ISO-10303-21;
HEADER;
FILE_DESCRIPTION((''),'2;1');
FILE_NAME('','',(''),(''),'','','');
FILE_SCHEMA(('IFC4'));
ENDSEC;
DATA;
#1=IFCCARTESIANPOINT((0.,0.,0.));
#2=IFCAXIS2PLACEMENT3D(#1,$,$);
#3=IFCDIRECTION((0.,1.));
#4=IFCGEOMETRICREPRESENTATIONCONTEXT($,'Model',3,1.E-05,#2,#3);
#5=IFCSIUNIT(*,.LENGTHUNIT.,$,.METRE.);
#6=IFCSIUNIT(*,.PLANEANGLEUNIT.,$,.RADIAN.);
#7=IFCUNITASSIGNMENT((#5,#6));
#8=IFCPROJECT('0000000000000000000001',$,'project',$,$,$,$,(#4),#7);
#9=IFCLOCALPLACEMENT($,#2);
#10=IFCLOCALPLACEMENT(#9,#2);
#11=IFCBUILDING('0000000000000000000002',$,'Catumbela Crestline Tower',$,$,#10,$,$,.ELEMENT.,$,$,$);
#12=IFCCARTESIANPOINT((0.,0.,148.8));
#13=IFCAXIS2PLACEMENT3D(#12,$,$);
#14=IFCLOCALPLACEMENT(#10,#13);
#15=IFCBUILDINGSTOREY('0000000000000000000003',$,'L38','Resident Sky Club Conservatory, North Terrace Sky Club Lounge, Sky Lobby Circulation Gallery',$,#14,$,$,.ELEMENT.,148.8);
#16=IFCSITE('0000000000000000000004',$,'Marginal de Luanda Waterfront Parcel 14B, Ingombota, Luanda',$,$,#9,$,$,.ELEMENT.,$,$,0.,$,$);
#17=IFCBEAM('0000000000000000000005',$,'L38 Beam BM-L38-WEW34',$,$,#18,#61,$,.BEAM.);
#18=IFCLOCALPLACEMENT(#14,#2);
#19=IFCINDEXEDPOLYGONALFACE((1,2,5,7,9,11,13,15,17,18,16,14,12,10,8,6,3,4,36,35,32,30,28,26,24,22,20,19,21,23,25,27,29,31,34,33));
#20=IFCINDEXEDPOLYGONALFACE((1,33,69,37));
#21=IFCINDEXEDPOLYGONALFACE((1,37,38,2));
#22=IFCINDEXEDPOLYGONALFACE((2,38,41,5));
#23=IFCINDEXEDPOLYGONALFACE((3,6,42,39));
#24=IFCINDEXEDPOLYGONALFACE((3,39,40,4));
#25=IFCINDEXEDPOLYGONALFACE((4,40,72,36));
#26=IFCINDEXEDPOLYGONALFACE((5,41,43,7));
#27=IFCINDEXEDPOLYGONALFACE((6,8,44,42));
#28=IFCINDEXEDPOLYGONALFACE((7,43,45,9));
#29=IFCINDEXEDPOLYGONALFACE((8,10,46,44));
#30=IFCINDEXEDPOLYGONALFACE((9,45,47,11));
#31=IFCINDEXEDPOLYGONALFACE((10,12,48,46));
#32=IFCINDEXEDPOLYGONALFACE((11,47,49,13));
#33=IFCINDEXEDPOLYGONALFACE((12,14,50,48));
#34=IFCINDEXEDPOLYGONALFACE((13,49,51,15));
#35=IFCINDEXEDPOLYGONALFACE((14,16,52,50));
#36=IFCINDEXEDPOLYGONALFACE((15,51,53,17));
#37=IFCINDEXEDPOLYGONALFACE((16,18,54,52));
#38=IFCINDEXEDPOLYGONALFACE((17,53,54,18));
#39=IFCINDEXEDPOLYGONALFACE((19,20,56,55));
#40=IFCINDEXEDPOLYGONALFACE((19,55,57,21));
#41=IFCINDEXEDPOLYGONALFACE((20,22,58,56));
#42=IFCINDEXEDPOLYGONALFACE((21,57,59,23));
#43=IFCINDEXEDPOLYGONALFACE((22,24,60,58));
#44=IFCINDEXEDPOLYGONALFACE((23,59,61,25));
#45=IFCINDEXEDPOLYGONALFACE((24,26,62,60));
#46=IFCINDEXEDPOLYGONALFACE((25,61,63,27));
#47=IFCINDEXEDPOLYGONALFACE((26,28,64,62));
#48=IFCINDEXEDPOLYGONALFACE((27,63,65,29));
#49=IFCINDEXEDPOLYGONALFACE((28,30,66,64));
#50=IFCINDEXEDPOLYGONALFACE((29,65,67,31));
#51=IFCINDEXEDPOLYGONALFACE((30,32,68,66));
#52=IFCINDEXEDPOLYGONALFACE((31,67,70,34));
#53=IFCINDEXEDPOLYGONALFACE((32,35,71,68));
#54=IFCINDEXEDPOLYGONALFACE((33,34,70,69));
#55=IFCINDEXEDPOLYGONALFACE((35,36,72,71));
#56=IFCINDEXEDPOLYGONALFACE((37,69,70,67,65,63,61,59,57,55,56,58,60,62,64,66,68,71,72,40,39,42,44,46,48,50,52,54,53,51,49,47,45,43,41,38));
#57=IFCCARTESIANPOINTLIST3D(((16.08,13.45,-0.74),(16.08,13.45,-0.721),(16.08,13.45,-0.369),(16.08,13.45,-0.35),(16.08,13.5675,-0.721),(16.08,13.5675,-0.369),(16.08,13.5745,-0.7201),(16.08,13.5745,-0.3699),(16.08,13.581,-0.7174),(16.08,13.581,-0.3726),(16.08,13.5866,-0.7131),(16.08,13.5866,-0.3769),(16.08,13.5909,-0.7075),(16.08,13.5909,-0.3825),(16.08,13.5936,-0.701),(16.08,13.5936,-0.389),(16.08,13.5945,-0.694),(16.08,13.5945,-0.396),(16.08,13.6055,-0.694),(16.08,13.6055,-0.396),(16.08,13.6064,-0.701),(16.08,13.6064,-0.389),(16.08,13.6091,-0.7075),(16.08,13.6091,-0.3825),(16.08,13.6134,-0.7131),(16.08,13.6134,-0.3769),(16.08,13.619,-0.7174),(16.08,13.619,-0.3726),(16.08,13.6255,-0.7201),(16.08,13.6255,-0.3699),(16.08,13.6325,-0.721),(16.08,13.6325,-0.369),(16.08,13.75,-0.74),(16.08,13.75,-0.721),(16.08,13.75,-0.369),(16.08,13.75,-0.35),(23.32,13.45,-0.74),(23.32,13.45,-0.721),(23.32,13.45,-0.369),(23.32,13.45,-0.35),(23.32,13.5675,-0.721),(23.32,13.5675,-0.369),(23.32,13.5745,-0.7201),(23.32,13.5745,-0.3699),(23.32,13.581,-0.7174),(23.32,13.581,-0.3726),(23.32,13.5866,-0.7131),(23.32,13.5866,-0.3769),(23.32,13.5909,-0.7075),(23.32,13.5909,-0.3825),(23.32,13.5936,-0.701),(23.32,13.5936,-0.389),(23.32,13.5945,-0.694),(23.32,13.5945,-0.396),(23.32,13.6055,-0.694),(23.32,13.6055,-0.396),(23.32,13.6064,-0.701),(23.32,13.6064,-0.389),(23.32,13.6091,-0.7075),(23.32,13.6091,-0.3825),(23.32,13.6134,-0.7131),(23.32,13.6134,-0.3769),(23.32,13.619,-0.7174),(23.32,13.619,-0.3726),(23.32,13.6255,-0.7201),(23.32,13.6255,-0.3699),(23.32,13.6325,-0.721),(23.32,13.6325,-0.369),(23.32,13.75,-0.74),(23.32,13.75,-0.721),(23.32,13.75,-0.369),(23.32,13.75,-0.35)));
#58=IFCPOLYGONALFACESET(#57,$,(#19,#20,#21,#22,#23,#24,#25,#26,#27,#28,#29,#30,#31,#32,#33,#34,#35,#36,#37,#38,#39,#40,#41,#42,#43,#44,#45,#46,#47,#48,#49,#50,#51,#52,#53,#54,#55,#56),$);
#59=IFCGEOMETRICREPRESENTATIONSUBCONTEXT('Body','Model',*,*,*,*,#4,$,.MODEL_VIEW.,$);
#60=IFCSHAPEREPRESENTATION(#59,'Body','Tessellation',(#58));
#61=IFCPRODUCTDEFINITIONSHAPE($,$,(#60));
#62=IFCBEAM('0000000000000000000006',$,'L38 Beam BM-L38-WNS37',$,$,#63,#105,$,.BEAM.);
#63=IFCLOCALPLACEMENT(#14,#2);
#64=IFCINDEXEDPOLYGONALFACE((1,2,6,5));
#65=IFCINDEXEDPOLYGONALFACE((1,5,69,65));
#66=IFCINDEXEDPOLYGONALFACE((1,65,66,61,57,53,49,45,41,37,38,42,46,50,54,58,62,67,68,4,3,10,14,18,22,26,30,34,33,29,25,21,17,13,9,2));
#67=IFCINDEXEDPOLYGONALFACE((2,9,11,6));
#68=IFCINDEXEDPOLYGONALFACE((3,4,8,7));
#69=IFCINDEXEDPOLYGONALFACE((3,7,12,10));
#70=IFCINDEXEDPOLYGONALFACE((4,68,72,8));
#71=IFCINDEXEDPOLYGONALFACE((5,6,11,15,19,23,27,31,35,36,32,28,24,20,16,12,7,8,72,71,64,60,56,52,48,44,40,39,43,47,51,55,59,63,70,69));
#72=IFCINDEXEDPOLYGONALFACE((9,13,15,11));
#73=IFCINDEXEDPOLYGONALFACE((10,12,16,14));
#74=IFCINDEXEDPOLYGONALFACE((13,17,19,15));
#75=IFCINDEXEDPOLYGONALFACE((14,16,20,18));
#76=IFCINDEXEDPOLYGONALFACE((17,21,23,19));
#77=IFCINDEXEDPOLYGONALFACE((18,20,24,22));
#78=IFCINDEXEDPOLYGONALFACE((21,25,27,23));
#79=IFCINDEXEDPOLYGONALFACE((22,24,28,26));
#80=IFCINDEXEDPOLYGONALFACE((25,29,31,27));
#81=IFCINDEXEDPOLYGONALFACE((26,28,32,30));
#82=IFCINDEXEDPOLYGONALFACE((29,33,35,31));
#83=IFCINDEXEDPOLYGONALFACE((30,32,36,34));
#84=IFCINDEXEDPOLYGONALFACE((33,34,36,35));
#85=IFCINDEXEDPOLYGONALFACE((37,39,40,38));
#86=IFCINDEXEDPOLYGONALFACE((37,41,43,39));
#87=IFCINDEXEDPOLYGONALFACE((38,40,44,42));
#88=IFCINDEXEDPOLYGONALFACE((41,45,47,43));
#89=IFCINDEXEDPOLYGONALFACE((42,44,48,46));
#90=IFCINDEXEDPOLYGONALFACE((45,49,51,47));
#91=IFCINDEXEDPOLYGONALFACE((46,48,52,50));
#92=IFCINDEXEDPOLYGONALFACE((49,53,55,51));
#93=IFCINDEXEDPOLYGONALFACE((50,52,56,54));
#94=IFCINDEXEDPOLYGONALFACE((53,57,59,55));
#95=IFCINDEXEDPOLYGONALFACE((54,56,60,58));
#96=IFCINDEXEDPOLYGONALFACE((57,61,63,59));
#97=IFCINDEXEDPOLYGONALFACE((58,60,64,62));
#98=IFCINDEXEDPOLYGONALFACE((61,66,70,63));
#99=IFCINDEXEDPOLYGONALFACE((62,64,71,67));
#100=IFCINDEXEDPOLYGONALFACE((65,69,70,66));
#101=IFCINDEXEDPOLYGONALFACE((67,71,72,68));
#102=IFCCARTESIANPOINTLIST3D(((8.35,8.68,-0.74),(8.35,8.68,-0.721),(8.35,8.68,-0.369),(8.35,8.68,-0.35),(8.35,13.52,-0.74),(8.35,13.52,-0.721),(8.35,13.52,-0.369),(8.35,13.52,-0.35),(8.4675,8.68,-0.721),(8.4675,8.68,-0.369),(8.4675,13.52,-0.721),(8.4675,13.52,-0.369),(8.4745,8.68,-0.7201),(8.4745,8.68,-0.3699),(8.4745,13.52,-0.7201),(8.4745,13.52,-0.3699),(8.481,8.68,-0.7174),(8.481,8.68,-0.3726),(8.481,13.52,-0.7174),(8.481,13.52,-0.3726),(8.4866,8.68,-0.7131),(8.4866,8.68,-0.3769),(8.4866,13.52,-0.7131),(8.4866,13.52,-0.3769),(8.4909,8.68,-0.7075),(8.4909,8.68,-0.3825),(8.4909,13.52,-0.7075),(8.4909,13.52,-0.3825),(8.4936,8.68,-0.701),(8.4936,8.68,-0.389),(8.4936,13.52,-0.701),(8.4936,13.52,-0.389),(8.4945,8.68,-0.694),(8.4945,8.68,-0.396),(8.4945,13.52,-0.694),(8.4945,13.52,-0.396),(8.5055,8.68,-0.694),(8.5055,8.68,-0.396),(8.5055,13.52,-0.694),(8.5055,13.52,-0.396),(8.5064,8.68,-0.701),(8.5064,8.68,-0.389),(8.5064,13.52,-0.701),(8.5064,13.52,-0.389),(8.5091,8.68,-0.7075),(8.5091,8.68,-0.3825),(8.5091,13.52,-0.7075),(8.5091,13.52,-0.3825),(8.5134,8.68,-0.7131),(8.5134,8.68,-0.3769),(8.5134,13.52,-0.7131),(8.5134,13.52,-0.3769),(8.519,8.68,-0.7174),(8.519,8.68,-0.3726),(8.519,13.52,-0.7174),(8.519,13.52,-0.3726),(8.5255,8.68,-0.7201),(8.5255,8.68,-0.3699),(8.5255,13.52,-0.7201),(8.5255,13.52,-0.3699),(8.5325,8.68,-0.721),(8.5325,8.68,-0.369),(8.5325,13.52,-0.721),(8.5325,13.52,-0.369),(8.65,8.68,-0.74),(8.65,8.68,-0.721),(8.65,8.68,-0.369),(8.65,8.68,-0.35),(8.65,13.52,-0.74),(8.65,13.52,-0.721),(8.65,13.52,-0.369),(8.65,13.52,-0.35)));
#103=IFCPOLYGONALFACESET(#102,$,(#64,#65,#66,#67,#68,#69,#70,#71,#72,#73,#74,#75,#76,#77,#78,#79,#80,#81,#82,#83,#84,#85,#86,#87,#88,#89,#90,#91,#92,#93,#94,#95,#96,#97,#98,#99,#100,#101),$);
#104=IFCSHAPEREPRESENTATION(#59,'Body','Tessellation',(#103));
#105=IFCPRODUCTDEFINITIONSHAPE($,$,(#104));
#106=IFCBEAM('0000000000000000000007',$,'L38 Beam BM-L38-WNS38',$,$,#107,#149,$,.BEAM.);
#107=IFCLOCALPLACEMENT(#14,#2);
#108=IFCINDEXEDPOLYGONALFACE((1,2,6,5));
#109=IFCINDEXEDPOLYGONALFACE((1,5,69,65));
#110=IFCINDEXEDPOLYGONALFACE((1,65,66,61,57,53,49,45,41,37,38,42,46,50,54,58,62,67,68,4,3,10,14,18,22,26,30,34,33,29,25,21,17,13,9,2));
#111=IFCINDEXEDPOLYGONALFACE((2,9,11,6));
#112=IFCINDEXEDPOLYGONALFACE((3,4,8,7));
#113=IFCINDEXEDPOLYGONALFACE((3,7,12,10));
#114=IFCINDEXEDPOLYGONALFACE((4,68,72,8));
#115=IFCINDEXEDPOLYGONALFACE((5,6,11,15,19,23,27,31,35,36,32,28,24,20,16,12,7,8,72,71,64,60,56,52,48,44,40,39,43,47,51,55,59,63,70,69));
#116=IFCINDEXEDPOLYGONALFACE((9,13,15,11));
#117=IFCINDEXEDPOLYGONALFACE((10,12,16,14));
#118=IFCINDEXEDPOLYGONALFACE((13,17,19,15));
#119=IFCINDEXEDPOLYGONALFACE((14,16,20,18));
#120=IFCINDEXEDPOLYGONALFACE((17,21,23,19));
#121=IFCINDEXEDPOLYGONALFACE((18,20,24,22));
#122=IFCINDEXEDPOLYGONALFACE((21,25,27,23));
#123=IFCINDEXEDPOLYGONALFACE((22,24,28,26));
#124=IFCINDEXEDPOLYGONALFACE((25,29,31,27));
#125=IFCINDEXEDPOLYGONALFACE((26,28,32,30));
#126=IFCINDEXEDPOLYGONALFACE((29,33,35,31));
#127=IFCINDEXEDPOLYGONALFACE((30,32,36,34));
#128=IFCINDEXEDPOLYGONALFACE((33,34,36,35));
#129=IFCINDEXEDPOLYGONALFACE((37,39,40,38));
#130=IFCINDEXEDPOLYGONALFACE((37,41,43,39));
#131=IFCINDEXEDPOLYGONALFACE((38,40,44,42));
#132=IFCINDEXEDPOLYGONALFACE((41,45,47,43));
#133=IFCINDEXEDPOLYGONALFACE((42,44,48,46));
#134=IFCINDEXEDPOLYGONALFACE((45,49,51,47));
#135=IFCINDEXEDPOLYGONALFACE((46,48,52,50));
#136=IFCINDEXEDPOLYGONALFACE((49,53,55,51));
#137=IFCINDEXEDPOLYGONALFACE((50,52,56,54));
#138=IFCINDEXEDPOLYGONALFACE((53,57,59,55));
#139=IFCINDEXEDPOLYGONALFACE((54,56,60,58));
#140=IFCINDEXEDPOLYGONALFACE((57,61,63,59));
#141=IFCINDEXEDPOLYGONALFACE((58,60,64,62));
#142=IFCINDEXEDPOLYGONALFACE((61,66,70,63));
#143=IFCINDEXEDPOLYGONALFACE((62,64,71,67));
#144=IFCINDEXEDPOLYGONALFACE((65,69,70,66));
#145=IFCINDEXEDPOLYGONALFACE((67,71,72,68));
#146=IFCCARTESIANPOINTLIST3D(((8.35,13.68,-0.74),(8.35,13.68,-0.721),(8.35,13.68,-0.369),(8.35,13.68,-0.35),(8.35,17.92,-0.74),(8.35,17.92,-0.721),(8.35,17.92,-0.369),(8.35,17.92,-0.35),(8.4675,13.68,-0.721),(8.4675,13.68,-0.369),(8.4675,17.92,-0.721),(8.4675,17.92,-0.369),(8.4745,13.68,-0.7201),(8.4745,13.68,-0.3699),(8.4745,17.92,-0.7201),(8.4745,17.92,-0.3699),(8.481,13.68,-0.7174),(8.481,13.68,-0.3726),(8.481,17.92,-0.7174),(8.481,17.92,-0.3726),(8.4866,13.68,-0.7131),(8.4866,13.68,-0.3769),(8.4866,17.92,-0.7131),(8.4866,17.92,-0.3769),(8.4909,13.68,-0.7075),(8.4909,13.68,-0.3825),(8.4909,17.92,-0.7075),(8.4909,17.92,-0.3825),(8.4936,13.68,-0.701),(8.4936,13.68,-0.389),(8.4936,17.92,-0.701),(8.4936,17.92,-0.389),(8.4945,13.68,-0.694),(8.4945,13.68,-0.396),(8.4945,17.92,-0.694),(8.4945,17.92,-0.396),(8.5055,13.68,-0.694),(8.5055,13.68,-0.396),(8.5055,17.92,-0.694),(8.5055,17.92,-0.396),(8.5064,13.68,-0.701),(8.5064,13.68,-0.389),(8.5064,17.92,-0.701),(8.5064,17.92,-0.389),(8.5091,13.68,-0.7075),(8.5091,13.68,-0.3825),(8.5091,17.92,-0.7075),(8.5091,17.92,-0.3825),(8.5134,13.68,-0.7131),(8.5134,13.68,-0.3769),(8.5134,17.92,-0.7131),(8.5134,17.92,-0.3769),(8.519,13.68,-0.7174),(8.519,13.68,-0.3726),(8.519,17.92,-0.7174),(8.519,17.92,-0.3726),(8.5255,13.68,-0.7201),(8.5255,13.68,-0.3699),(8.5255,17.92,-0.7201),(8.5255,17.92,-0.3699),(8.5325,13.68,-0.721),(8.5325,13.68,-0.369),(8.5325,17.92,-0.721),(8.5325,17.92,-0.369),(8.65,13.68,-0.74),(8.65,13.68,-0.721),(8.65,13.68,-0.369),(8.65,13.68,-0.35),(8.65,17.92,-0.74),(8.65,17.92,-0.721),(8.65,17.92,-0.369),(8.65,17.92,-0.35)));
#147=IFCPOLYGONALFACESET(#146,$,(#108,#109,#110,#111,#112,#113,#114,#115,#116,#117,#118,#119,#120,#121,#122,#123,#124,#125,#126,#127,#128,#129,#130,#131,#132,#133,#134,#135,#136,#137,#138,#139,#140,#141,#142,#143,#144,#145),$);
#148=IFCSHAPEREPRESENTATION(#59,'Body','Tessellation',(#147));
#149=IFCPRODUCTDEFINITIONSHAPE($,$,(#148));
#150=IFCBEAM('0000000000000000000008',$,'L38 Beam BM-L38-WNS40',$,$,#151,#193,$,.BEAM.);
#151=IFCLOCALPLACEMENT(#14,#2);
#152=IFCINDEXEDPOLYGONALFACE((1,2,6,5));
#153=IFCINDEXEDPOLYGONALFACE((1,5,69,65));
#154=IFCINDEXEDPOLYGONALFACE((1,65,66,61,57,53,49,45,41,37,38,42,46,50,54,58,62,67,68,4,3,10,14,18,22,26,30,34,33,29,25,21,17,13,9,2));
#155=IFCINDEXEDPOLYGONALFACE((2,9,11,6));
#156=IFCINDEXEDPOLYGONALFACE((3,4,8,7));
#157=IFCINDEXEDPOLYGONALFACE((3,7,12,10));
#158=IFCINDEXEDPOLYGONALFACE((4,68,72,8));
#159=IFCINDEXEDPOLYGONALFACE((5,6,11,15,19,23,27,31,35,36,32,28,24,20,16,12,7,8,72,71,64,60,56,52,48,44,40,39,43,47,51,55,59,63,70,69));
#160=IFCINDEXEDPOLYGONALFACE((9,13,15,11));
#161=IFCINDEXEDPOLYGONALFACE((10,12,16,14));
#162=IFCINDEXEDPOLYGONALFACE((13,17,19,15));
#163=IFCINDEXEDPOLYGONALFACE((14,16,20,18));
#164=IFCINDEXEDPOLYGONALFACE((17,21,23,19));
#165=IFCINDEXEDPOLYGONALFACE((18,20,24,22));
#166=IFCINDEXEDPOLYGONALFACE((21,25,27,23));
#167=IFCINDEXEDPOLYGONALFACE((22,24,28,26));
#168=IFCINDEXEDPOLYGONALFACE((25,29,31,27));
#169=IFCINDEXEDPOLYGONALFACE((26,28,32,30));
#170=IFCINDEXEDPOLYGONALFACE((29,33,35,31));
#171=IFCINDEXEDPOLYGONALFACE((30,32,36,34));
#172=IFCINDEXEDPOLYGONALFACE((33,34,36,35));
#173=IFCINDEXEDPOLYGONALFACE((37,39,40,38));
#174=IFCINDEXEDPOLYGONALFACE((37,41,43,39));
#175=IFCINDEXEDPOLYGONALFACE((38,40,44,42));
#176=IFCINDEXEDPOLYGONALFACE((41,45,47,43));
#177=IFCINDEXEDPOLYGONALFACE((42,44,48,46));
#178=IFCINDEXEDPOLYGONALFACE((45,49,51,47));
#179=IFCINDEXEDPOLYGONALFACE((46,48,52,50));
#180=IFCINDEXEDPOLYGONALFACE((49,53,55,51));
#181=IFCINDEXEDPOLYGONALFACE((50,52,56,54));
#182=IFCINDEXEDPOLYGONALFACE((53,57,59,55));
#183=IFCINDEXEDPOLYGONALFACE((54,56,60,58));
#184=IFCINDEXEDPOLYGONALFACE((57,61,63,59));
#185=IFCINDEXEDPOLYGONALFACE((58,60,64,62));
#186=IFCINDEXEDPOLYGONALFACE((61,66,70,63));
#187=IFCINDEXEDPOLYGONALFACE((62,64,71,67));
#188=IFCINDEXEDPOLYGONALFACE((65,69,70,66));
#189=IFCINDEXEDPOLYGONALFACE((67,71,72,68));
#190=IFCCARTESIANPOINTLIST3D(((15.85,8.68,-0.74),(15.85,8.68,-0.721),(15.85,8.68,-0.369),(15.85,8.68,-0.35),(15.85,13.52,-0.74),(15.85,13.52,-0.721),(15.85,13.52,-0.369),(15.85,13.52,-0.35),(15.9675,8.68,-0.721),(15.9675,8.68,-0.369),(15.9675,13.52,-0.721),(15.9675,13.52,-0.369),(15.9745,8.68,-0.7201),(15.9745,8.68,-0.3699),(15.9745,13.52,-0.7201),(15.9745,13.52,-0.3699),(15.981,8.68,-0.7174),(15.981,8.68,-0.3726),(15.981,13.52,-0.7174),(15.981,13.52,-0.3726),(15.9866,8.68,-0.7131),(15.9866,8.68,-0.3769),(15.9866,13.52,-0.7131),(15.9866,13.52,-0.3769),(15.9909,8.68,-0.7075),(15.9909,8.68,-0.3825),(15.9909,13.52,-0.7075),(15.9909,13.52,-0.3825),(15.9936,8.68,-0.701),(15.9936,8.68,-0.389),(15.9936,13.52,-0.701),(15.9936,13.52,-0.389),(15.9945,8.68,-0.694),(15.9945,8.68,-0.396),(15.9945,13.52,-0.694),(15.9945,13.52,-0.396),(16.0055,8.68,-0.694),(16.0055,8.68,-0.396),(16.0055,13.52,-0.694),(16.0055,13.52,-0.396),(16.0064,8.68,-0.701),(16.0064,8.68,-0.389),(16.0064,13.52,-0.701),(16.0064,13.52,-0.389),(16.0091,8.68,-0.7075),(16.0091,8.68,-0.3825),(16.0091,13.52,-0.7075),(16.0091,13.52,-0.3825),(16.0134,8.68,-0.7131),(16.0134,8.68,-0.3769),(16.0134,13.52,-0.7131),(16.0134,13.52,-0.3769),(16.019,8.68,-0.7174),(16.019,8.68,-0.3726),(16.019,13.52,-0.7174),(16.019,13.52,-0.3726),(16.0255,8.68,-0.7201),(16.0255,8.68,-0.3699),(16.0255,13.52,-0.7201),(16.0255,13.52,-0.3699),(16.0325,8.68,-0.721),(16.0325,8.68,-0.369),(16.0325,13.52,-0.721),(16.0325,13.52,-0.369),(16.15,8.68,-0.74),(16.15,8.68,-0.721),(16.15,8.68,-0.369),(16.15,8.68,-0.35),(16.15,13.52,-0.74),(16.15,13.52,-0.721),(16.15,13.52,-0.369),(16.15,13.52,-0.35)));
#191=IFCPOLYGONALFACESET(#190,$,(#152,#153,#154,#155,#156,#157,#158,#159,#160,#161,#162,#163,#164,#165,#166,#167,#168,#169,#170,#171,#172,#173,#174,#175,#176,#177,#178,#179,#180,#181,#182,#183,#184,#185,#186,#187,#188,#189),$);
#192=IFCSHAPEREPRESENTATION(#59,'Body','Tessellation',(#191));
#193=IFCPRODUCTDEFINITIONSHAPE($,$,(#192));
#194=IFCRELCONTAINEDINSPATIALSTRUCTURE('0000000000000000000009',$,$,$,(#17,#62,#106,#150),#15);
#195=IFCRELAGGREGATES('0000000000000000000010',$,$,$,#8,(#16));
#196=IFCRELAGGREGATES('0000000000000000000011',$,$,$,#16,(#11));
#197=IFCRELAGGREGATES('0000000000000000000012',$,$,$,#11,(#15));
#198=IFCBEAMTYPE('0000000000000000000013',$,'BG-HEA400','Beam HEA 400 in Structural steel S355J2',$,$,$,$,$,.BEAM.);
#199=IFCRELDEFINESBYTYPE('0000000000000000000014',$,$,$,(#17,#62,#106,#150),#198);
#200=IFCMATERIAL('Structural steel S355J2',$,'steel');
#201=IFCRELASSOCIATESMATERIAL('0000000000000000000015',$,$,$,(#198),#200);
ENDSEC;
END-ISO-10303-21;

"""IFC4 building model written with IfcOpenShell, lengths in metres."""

from ifc_helpers import new_model, si_unit, direction, frame, origin, origin_2d, place, context, subcontext, project, spatial, i_section, extrude, material, material_profile, profile_set, type_object, element, save


model = new_model("IFC4")

# Units and contexts
model_context = context("Model", 3, precision=1e-05, world=origin(), true_north=direction((0.0, 1.0)))
body_context = subcontext(model_context, "Body", "Model", "MODEL_VIEW")
ifc_project = project(units=[si_unit("LENGTHUNIT", "METRE"), si_unit("PLANEANGLEUNIT", "RADIAN")], contexts=[model_context])

# Site, building, storey
site_placement = place(None, origin())
site = spatial("IfcSite", under=ifc_project, at=site_placement, Name="Marginal de Luanda Waterfront Parcel 14B, Ingombota, Luanda", CompositionType="ELEMENT", RefElevation=0.0)
building_placement = place(site_placement, origin())
building = spatial("IfcBuilding", under=site, at=building_placement, Name="Catumbela Crestline Tower", CompositionType="ELEMENT")
storey_placement = place(building_placement, frame((0.0, 0.0, 148.8)))
storey = spatial("IfcBuildingStorey", under=building, at=storey_placement, Name="L38", Description="Resident Sky Club Conservatory, North Terrace Sky Club Lounge, Sky Lobby Circulation Gallery", CompositionType="ELEMENT", Elevation=148.8)

# Beams
ifc_material_1 = material(Name="Structural steel S355J2", Category="steel")
ifc_material_profile_1 = material_profile(ifc_material_1, i_section(OverallWidth=0.3, OverallDepth=0.39, WebThickness=0.011, FlangeThickness=0.019, FilletRadius=0.027, at=origin_2d()), Name="HEA 400")
ifc_profile_set_1 = profile_set([ifc_material_profile_1], Name="Structural steel S355J2")
beam_type_1 = type_object("IfcBeamType", Name="BG-HEA400", Description="Beam HEA 400 in Structural steel S355J2", PredefinedType="BEAM", material=ifc_profile_set_1)
beam_1_placement = place(storey_placement, frame((16.08, 13.6, -0.545), z_axis=(1.0, 0.0, 0.0), x_axis=(0.0, 1.0, 0.0)))
element("IfcBeam", 1, at=beam_1_placement, inside=storey, type_object=beam_type_1, Name="L38 Beam BM-L38-WEW34", PredefinedType="BEAM", context=body_context, shape_type="SweptSolid", body=[
    extrude(i_section(OverallWidth=0.3, OverallDepth=0.39, WebThickness=0.011, FlangeThickness=0.019, FilletRadius=0.027, at=origin_2d()), origin(), (0.0, 0.0, 1.0), 7.24),
])
beam_2_placement = place(storey_placement, frame((8.5, 8.68, -0.545), z_axis=(0.0, 1.0, 0.0), x_axis=(-1.0, 0.0, 0.0)))
element("IfcBeam", 2, at=beam_2_placement, inside=storey, type_object=beam_type_1, Name="L38 Beam BM-L38-WNS37", PredefinedType="BEAM", context=body_context, shape_type="SweptSolid", body=[
    extrude(i_section(OverallWidth=0.3, OverallDepth=0.39, WebThickness=0.011, FlangeThickness=0.019, FilletRadius=0.027, at=origin_2d()), origin(), (0.0, 0.0, 1.0), 4.84),
])
beam_3_placement = place(storey_placement, frame((8.5, 13.68, -0.545), z_axis=(0.0, 1.0, 0.0), x_axis=(-1.0, 0.0, 0.0)))
element("IfcBeam", 3, at=beam_3_placement, inside=storey, type_object=beam_type_1, Name="L38 Beam BM-L38-WNS38", PredefinedType="BEAM", context=body_context, shape_type="SweptSolid", body=[
    extrude(i_section(OverallWidth=0.3, OverallDepth=0.39, WebThickness=0.011, FlangeThickness=0.019, FilletRadius=0.027, at=origin_2d()), origin(), (0.0, 0.0, 1.0), 4.24),
])
beam_4_placement = place(storey_placement, frame((16.0, 8.68, -0.545), z_axis=(0.0, 1.0, 0.0), x_axis=(-1.0, 0.0, 0.0)))
element("IfcBeam", 4, at=beam_4_placement, inside=storey, type_object=beam_type_1, Name="L38 Beam BM-L38-WNS40", PredefinedType="BEAM", context=body_context, shape_type="SweptSolid", body=[
    extrude(i_section(OverallWidth=0.3, OverallDepth=0.39, WebThickness=0.011, FlangeThickness=0.019, FilletRadius=0.027, at=origin_2d()), origin(), (0.0, 0.0, 1.0), 4.84),
])

save(model, "model.ifc")
